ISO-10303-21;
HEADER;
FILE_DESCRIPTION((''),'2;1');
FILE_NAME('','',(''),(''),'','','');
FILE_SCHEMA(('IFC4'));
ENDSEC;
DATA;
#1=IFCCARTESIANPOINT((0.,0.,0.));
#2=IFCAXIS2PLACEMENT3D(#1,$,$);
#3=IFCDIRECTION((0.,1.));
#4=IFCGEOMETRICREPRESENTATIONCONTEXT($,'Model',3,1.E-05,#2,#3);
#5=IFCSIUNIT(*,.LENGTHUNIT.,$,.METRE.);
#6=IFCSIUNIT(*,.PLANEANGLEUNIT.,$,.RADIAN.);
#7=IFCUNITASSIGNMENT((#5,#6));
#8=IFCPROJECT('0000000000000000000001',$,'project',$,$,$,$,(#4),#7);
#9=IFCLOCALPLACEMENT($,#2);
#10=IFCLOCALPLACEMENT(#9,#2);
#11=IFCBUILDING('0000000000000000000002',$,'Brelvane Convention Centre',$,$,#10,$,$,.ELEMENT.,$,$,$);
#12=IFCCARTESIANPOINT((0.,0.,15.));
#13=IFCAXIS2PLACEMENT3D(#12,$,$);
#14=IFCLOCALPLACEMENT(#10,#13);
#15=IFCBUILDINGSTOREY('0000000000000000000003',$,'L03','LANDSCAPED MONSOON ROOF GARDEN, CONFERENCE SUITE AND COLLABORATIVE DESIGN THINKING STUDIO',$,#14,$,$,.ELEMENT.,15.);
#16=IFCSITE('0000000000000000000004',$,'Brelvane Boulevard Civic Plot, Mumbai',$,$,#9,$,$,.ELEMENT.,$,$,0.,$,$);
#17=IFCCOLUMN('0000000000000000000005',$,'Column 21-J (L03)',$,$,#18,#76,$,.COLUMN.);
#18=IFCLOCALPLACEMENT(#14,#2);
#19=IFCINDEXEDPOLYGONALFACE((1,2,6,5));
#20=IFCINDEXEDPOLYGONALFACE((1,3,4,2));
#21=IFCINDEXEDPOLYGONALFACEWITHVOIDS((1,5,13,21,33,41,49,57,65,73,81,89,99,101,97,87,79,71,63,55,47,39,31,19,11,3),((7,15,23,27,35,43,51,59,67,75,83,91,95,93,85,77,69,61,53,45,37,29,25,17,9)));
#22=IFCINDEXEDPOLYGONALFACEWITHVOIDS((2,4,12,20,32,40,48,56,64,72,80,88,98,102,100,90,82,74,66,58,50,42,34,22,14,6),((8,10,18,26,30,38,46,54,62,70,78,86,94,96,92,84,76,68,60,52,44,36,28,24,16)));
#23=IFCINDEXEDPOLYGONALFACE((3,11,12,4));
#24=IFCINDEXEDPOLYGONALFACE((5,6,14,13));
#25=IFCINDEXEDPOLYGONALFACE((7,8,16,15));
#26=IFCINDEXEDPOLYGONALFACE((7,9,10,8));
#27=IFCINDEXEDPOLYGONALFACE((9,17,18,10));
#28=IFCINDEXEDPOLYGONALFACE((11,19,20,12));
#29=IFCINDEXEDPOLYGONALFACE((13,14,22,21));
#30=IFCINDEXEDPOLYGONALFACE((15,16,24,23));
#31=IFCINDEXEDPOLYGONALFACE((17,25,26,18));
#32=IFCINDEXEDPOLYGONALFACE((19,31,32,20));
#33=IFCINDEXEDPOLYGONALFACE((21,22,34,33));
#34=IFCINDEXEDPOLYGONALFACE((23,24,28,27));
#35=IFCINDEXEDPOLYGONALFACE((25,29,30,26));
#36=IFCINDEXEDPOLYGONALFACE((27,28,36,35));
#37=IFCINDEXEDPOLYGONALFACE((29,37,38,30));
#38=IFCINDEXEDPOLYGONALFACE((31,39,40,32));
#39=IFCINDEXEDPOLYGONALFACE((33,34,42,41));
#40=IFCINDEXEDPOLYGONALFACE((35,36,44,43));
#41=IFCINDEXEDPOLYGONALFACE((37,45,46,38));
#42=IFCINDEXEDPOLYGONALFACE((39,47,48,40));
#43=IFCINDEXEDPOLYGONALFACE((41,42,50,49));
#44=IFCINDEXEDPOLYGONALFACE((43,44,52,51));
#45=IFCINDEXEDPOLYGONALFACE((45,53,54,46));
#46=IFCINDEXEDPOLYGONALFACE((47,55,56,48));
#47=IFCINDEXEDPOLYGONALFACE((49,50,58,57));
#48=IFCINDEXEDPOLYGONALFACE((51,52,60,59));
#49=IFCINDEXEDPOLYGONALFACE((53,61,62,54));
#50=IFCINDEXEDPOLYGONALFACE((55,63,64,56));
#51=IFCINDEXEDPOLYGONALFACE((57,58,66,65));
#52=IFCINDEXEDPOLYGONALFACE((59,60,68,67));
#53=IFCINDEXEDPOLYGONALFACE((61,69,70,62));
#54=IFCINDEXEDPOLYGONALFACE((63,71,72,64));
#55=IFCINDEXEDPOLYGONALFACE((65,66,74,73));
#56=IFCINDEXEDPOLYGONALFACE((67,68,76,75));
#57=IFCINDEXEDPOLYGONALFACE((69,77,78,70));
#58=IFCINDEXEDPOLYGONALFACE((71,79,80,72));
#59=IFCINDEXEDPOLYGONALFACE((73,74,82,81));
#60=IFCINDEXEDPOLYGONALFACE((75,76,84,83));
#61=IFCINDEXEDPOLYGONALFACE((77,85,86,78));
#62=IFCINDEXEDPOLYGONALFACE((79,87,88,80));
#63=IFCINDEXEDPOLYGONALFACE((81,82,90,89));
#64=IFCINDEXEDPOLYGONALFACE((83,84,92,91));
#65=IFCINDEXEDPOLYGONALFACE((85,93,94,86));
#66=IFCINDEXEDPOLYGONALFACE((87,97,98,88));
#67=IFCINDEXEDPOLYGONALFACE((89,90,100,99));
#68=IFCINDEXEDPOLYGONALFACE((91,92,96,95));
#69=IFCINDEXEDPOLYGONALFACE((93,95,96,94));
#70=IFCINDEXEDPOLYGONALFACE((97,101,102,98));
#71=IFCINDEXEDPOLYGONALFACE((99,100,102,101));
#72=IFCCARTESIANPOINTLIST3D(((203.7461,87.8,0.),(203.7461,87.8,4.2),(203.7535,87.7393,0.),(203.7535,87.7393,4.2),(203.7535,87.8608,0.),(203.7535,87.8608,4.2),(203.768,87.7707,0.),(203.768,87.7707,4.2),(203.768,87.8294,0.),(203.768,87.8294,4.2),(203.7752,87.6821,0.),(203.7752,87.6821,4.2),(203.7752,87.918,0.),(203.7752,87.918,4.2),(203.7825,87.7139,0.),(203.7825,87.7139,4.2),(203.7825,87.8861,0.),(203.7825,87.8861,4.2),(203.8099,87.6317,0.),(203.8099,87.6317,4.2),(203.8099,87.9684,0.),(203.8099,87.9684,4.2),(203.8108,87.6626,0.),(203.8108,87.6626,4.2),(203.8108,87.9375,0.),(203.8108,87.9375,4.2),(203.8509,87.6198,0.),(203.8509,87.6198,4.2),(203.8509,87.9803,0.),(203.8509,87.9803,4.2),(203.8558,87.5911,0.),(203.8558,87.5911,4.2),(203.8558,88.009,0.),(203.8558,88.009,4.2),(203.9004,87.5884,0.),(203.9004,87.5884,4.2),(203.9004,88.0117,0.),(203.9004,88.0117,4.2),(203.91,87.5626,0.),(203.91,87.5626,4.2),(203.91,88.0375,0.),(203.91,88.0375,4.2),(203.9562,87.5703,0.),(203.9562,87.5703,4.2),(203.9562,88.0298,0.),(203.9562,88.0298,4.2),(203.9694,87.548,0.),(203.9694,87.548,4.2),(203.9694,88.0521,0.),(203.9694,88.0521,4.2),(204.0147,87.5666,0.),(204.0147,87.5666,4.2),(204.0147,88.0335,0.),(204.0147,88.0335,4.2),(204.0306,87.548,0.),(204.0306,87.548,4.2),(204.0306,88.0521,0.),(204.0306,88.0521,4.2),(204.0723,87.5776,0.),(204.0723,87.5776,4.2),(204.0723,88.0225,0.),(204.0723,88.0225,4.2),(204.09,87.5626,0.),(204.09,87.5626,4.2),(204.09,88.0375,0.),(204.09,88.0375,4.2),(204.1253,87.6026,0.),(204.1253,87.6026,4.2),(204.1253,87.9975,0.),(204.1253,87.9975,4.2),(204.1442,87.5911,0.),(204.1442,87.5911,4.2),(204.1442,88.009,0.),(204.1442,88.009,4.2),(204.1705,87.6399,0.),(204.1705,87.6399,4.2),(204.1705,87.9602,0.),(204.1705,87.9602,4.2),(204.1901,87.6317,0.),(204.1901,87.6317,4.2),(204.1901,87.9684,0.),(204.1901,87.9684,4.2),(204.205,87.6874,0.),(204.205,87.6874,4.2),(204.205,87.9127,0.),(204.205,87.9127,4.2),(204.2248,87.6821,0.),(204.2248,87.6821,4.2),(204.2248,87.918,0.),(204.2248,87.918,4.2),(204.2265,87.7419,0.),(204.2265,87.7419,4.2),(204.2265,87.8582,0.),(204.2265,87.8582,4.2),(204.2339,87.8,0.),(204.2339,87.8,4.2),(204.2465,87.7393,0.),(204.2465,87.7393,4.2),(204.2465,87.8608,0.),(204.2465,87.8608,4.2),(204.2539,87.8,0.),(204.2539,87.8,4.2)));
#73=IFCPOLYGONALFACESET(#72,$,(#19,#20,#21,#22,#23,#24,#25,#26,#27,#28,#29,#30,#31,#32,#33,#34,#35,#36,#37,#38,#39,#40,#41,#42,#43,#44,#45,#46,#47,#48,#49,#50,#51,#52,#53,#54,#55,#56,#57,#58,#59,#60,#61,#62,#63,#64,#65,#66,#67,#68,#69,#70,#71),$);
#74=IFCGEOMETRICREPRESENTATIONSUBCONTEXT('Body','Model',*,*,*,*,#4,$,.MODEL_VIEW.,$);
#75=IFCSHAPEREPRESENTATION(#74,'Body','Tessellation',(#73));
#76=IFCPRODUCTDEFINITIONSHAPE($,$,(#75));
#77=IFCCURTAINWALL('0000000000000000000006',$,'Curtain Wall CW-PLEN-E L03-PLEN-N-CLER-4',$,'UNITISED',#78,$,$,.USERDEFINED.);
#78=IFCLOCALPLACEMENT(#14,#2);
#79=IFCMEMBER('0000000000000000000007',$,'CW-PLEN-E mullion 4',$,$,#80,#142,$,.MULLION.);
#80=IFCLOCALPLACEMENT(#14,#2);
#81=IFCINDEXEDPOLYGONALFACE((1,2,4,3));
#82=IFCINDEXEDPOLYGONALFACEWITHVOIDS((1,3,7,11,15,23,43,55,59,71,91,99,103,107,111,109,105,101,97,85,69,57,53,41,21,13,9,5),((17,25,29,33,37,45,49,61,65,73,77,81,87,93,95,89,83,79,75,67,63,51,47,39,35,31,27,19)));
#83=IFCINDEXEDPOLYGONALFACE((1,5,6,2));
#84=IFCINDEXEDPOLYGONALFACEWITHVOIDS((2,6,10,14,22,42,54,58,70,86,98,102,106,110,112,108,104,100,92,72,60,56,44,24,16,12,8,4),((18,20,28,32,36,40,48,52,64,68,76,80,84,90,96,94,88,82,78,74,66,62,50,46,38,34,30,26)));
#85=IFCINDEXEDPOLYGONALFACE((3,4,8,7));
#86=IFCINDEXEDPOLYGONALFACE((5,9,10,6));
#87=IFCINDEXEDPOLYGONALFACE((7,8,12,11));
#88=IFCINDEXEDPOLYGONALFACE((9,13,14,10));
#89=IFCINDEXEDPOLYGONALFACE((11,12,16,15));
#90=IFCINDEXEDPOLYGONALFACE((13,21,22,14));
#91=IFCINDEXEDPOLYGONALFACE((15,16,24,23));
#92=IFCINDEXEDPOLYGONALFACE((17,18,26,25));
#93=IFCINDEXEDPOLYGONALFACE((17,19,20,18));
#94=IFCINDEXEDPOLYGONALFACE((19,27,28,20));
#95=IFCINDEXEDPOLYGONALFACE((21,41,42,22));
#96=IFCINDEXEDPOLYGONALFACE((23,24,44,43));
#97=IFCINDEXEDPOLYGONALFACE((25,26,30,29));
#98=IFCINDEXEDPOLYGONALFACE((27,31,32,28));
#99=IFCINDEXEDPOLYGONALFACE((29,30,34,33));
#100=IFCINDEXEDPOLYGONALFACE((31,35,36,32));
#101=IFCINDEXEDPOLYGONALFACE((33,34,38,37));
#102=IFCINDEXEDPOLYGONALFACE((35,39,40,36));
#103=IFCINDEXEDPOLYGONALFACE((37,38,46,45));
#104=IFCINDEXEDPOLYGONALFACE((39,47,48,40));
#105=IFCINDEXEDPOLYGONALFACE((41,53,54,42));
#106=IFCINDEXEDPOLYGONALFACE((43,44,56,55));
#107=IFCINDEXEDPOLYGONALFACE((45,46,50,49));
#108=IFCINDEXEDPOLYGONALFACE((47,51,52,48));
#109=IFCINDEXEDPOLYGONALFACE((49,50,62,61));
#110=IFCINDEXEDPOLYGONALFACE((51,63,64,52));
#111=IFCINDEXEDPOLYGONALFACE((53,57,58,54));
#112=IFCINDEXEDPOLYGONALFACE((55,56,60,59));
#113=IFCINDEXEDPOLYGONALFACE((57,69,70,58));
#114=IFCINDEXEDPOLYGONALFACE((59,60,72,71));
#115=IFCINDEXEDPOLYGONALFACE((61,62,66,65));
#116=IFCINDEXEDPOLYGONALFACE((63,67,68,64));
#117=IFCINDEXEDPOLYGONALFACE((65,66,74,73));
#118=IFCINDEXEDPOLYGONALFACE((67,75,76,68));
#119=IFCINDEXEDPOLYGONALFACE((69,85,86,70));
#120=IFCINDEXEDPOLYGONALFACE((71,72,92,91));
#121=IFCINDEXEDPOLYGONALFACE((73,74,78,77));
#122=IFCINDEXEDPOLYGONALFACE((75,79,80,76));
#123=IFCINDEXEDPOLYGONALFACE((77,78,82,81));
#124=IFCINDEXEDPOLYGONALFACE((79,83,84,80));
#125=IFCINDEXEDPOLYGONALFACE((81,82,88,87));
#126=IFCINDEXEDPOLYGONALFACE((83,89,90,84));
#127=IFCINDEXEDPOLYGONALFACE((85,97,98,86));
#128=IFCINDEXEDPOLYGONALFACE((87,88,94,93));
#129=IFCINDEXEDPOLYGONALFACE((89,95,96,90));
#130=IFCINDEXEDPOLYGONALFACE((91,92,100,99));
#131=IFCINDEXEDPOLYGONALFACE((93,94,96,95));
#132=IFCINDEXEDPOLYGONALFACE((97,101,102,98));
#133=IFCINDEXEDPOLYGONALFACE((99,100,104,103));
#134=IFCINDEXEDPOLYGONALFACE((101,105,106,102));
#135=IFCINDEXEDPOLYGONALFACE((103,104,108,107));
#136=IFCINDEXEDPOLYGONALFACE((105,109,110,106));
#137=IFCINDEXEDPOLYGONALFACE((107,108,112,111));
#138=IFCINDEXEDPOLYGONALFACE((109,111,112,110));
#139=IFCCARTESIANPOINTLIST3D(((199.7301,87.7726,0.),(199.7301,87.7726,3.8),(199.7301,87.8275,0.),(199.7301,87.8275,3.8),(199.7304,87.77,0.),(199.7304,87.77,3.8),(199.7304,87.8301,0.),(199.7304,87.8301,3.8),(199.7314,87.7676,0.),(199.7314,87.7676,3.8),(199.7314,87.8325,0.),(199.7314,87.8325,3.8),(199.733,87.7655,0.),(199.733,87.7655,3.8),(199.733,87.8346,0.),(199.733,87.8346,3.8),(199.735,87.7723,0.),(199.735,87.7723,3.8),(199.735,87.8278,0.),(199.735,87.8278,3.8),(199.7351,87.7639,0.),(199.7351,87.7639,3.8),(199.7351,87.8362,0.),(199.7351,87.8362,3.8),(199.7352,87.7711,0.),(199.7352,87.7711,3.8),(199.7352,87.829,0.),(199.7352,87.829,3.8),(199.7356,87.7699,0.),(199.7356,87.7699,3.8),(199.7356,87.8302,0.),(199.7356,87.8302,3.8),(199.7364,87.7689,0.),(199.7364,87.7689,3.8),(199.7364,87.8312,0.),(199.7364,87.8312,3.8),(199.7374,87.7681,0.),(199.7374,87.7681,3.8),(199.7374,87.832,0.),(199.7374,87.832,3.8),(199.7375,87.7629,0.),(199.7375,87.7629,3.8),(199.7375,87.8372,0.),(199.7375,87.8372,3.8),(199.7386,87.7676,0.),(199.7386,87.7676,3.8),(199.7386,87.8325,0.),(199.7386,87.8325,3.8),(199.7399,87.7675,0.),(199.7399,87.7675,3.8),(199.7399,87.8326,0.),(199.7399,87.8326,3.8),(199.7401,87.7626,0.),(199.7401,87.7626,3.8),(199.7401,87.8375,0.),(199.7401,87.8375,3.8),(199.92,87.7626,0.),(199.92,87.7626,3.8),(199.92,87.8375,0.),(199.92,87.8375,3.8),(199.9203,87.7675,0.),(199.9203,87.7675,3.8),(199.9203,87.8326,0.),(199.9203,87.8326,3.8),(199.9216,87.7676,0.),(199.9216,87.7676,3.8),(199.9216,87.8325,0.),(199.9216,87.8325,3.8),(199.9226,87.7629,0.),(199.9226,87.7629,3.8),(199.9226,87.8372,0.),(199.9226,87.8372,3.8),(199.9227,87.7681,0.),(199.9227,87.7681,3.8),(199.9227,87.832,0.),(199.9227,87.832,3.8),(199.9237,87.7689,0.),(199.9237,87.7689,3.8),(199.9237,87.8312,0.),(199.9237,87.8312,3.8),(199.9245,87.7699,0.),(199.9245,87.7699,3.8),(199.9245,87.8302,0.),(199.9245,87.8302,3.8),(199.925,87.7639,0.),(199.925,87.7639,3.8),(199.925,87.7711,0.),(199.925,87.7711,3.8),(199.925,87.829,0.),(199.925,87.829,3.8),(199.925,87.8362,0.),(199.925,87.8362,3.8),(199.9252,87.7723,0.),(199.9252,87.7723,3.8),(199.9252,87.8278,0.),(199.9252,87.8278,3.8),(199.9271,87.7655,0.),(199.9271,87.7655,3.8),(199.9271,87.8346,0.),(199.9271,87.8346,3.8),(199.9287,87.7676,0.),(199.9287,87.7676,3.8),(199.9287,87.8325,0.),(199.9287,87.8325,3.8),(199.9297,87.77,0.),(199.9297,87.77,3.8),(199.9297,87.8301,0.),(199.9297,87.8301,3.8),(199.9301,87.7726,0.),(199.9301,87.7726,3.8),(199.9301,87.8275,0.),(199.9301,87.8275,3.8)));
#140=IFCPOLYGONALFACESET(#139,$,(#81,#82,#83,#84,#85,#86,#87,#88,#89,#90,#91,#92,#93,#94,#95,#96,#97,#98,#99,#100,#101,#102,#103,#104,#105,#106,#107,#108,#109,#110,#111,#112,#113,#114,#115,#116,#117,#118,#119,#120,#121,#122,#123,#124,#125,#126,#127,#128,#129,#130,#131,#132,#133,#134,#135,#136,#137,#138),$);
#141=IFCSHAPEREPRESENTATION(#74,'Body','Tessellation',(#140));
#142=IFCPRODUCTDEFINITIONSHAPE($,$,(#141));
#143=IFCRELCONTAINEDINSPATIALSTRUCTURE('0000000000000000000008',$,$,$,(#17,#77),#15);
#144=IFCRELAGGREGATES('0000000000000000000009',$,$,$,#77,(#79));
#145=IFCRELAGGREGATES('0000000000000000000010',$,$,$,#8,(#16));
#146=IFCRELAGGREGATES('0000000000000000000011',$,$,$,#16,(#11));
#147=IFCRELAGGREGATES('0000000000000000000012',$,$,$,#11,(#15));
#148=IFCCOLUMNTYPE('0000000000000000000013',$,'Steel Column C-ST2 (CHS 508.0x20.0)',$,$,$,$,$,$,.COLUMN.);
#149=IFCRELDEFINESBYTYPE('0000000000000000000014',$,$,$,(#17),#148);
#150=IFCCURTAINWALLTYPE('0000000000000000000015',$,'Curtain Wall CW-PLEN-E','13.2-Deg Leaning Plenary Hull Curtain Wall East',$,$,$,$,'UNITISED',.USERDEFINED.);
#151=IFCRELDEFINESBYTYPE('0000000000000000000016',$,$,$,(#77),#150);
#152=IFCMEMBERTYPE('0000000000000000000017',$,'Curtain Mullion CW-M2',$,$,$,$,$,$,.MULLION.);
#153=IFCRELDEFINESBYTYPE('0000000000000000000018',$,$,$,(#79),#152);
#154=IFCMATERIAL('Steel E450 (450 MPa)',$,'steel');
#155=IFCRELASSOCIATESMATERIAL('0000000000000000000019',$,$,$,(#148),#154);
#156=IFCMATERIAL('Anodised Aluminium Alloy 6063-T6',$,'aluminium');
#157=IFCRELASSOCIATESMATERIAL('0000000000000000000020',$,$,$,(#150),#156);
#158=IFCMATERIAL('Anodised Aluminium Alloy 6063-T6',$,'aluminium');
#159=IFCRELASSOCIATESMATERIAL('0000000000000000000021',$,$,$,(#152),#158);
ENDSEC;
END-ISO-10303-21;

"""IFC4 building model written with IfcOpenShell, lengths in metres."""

from ifc_helpers import new_model, si_unit, direction, frame, origin, origin_2d, place, context, subcontext, project, spatial, hollow_rectangle, hollow_circle, extrude, material, material_profile, profile_set, type_object, element, aggregate, save


model = new_model("IFC4")

# Units and contexts
model_context = context("Model", 3, precision=1e-05, world=origin(), true_north=direction((0.0, 1.0)))
body_context = subcontext(model_context, "Body", "Model", "MODEL_VIEW")
ifc_project = project(units=[si_unit("LENGTHUNIT", "METRE"), si_unit("PLANEANGLEUNIT", "RADIAN")], contexts=[model_context])

# Site, building, storey
site_placement = place(None, origin())
site = spatial("IfcSite", under=ifc_project, at=site_placement, Name="Brelvane Boulevard Civic Plot, Mumbai", CompositionType="ELEMENT", RefElevation=0.0)
building_placement = place(site_placement, origin())
building = spatial("IfcBuilding", under=site, at=building_placement, Name="Brelvane Convention Centre", CompositionType="ELEMENT")
storey_placement = place(building_placement, frame((0.0, 0.0, 15.0)))
storey = spatial("IfcBuildingStorey", under=building, at=storey_placement, Name="L03", Description="LANDSCAPED MONSOON ROOF GARDEN, CONFERENCE SUITE AND COLLABORATIVE DESIGN THINKING STUDIO", CompositionType="ELEMENT", Elevation=15.0)

# Column
ifc_material_1 = material(Name="Steel E450 (450 MPa)", Category="steel")
ifc_material_profile_1 = material_profile(ifc_material_1, hollow_circle(Radius=0.2539, WallThickness=0.02, at=origin_2d()), Name="CHS 508.0x20.0")
ifc_profile_set_1 = profile_set([ifc_material_profile_1], Name="Steel E450 (450 MPa)")
column_type = type_object("IfcColumnType", Name="Steel Column C-ST2 (CHS 508.0x20.0)", PredefinedType="COLUMN", material=ifc_profile_set_1)
column_placement = place(storey_placement, frame((204.0, 87.8, 0.0), z_axis=(0.0, 0.0, 1.0), x_axis=(1.0, 0.0, 0.0)))
element("IfcColumn", 1, at=column_placement, inside=storey, type_object=column_type, Name="Column 21-J (L03)", PredefinedType="COLUMN", context=body_context, shape_type="SweptSolid", body=[
    extrude(hollow_circle(Radius=0.2539, WallThickness=0.02, at=origin_2d()), origin(), (0.0, 0.0, 1.0), 4.2),
])

# Curtain wall, member
ifc_material_2 = material(Name="Anodised Aluminium Alloy 6063-T6", Category="aluminium")
curtain_wall_type = type_object("IfcCurtainWallType", Name="Curtain Wall CW-PLEN-E", Description="13.2-Deg Leaning Plenary Hull Curtain Wall East", ElementType="UNITISED", PredefinedType="USERDEFINED", material=ifc_material_2)
curtain_wall_placement = place(storey_placement, origin())
curtain_wall = element("IfcCurtainWall", 2, at=curtain_wall_placement, inside=storey, type_object=curtain_wall_type, Name="Curtain Wall CW-PLEN-E L03-PLEN-N-CLER-4", ObjectType="UNITISED", PredefinedType="USERDEFINED")
ifc_material_3 = material(Name="Anodised Aluminium Alloy 6063-T6", Category="aluminium")
ifc_material_profile_2 = material_profile(ifc_material_3, hollow_rectangle(XDim=0.075, YDim=0.2, WallThickness=0.0049, InnerFilletRadius=0.0049, OuterFilletRadius=0.01, at=origin_2d()), Name="ALU-M 200x75x5.0")
ifc_profile_set_2 = profile_set([ifc_material_profile_2], Name="Anodised Aluminium Alloy 6063-T6")
member_type_1 = type_object("IfcMemberType", Name="Curtain Mullion CW-M2", PredefinedType="MULLION", material=ifc_profile_set_2)
member_1_placement = place(storey_placement, frame((199.8301, 87.8, 0.0), z_axis=(0.0, 0.0, 1.0), x_axis=(0.0, 1.0, 0.0)))
member_1 = element("IfcMember", 3, at=member_1_placement, type_object=member_type_1, Name="CW-PLEN-E mullion 4", PredefinedType="MULLION", context=body_context, shape_type="SweptSolid", body=[
    extrude(hollow_rectangle(XDim=0.075, YDim=0.2, WallThickness=0.0049, InnerFilletRadius=0.0049, OuterFilletRadius=0.01, at=origin_2d()), origin(), (0.0, 0.0, 1.0), 3.8),
])

aggregate(curtain_wall, [member_1])

save(model, "model.ifc")
